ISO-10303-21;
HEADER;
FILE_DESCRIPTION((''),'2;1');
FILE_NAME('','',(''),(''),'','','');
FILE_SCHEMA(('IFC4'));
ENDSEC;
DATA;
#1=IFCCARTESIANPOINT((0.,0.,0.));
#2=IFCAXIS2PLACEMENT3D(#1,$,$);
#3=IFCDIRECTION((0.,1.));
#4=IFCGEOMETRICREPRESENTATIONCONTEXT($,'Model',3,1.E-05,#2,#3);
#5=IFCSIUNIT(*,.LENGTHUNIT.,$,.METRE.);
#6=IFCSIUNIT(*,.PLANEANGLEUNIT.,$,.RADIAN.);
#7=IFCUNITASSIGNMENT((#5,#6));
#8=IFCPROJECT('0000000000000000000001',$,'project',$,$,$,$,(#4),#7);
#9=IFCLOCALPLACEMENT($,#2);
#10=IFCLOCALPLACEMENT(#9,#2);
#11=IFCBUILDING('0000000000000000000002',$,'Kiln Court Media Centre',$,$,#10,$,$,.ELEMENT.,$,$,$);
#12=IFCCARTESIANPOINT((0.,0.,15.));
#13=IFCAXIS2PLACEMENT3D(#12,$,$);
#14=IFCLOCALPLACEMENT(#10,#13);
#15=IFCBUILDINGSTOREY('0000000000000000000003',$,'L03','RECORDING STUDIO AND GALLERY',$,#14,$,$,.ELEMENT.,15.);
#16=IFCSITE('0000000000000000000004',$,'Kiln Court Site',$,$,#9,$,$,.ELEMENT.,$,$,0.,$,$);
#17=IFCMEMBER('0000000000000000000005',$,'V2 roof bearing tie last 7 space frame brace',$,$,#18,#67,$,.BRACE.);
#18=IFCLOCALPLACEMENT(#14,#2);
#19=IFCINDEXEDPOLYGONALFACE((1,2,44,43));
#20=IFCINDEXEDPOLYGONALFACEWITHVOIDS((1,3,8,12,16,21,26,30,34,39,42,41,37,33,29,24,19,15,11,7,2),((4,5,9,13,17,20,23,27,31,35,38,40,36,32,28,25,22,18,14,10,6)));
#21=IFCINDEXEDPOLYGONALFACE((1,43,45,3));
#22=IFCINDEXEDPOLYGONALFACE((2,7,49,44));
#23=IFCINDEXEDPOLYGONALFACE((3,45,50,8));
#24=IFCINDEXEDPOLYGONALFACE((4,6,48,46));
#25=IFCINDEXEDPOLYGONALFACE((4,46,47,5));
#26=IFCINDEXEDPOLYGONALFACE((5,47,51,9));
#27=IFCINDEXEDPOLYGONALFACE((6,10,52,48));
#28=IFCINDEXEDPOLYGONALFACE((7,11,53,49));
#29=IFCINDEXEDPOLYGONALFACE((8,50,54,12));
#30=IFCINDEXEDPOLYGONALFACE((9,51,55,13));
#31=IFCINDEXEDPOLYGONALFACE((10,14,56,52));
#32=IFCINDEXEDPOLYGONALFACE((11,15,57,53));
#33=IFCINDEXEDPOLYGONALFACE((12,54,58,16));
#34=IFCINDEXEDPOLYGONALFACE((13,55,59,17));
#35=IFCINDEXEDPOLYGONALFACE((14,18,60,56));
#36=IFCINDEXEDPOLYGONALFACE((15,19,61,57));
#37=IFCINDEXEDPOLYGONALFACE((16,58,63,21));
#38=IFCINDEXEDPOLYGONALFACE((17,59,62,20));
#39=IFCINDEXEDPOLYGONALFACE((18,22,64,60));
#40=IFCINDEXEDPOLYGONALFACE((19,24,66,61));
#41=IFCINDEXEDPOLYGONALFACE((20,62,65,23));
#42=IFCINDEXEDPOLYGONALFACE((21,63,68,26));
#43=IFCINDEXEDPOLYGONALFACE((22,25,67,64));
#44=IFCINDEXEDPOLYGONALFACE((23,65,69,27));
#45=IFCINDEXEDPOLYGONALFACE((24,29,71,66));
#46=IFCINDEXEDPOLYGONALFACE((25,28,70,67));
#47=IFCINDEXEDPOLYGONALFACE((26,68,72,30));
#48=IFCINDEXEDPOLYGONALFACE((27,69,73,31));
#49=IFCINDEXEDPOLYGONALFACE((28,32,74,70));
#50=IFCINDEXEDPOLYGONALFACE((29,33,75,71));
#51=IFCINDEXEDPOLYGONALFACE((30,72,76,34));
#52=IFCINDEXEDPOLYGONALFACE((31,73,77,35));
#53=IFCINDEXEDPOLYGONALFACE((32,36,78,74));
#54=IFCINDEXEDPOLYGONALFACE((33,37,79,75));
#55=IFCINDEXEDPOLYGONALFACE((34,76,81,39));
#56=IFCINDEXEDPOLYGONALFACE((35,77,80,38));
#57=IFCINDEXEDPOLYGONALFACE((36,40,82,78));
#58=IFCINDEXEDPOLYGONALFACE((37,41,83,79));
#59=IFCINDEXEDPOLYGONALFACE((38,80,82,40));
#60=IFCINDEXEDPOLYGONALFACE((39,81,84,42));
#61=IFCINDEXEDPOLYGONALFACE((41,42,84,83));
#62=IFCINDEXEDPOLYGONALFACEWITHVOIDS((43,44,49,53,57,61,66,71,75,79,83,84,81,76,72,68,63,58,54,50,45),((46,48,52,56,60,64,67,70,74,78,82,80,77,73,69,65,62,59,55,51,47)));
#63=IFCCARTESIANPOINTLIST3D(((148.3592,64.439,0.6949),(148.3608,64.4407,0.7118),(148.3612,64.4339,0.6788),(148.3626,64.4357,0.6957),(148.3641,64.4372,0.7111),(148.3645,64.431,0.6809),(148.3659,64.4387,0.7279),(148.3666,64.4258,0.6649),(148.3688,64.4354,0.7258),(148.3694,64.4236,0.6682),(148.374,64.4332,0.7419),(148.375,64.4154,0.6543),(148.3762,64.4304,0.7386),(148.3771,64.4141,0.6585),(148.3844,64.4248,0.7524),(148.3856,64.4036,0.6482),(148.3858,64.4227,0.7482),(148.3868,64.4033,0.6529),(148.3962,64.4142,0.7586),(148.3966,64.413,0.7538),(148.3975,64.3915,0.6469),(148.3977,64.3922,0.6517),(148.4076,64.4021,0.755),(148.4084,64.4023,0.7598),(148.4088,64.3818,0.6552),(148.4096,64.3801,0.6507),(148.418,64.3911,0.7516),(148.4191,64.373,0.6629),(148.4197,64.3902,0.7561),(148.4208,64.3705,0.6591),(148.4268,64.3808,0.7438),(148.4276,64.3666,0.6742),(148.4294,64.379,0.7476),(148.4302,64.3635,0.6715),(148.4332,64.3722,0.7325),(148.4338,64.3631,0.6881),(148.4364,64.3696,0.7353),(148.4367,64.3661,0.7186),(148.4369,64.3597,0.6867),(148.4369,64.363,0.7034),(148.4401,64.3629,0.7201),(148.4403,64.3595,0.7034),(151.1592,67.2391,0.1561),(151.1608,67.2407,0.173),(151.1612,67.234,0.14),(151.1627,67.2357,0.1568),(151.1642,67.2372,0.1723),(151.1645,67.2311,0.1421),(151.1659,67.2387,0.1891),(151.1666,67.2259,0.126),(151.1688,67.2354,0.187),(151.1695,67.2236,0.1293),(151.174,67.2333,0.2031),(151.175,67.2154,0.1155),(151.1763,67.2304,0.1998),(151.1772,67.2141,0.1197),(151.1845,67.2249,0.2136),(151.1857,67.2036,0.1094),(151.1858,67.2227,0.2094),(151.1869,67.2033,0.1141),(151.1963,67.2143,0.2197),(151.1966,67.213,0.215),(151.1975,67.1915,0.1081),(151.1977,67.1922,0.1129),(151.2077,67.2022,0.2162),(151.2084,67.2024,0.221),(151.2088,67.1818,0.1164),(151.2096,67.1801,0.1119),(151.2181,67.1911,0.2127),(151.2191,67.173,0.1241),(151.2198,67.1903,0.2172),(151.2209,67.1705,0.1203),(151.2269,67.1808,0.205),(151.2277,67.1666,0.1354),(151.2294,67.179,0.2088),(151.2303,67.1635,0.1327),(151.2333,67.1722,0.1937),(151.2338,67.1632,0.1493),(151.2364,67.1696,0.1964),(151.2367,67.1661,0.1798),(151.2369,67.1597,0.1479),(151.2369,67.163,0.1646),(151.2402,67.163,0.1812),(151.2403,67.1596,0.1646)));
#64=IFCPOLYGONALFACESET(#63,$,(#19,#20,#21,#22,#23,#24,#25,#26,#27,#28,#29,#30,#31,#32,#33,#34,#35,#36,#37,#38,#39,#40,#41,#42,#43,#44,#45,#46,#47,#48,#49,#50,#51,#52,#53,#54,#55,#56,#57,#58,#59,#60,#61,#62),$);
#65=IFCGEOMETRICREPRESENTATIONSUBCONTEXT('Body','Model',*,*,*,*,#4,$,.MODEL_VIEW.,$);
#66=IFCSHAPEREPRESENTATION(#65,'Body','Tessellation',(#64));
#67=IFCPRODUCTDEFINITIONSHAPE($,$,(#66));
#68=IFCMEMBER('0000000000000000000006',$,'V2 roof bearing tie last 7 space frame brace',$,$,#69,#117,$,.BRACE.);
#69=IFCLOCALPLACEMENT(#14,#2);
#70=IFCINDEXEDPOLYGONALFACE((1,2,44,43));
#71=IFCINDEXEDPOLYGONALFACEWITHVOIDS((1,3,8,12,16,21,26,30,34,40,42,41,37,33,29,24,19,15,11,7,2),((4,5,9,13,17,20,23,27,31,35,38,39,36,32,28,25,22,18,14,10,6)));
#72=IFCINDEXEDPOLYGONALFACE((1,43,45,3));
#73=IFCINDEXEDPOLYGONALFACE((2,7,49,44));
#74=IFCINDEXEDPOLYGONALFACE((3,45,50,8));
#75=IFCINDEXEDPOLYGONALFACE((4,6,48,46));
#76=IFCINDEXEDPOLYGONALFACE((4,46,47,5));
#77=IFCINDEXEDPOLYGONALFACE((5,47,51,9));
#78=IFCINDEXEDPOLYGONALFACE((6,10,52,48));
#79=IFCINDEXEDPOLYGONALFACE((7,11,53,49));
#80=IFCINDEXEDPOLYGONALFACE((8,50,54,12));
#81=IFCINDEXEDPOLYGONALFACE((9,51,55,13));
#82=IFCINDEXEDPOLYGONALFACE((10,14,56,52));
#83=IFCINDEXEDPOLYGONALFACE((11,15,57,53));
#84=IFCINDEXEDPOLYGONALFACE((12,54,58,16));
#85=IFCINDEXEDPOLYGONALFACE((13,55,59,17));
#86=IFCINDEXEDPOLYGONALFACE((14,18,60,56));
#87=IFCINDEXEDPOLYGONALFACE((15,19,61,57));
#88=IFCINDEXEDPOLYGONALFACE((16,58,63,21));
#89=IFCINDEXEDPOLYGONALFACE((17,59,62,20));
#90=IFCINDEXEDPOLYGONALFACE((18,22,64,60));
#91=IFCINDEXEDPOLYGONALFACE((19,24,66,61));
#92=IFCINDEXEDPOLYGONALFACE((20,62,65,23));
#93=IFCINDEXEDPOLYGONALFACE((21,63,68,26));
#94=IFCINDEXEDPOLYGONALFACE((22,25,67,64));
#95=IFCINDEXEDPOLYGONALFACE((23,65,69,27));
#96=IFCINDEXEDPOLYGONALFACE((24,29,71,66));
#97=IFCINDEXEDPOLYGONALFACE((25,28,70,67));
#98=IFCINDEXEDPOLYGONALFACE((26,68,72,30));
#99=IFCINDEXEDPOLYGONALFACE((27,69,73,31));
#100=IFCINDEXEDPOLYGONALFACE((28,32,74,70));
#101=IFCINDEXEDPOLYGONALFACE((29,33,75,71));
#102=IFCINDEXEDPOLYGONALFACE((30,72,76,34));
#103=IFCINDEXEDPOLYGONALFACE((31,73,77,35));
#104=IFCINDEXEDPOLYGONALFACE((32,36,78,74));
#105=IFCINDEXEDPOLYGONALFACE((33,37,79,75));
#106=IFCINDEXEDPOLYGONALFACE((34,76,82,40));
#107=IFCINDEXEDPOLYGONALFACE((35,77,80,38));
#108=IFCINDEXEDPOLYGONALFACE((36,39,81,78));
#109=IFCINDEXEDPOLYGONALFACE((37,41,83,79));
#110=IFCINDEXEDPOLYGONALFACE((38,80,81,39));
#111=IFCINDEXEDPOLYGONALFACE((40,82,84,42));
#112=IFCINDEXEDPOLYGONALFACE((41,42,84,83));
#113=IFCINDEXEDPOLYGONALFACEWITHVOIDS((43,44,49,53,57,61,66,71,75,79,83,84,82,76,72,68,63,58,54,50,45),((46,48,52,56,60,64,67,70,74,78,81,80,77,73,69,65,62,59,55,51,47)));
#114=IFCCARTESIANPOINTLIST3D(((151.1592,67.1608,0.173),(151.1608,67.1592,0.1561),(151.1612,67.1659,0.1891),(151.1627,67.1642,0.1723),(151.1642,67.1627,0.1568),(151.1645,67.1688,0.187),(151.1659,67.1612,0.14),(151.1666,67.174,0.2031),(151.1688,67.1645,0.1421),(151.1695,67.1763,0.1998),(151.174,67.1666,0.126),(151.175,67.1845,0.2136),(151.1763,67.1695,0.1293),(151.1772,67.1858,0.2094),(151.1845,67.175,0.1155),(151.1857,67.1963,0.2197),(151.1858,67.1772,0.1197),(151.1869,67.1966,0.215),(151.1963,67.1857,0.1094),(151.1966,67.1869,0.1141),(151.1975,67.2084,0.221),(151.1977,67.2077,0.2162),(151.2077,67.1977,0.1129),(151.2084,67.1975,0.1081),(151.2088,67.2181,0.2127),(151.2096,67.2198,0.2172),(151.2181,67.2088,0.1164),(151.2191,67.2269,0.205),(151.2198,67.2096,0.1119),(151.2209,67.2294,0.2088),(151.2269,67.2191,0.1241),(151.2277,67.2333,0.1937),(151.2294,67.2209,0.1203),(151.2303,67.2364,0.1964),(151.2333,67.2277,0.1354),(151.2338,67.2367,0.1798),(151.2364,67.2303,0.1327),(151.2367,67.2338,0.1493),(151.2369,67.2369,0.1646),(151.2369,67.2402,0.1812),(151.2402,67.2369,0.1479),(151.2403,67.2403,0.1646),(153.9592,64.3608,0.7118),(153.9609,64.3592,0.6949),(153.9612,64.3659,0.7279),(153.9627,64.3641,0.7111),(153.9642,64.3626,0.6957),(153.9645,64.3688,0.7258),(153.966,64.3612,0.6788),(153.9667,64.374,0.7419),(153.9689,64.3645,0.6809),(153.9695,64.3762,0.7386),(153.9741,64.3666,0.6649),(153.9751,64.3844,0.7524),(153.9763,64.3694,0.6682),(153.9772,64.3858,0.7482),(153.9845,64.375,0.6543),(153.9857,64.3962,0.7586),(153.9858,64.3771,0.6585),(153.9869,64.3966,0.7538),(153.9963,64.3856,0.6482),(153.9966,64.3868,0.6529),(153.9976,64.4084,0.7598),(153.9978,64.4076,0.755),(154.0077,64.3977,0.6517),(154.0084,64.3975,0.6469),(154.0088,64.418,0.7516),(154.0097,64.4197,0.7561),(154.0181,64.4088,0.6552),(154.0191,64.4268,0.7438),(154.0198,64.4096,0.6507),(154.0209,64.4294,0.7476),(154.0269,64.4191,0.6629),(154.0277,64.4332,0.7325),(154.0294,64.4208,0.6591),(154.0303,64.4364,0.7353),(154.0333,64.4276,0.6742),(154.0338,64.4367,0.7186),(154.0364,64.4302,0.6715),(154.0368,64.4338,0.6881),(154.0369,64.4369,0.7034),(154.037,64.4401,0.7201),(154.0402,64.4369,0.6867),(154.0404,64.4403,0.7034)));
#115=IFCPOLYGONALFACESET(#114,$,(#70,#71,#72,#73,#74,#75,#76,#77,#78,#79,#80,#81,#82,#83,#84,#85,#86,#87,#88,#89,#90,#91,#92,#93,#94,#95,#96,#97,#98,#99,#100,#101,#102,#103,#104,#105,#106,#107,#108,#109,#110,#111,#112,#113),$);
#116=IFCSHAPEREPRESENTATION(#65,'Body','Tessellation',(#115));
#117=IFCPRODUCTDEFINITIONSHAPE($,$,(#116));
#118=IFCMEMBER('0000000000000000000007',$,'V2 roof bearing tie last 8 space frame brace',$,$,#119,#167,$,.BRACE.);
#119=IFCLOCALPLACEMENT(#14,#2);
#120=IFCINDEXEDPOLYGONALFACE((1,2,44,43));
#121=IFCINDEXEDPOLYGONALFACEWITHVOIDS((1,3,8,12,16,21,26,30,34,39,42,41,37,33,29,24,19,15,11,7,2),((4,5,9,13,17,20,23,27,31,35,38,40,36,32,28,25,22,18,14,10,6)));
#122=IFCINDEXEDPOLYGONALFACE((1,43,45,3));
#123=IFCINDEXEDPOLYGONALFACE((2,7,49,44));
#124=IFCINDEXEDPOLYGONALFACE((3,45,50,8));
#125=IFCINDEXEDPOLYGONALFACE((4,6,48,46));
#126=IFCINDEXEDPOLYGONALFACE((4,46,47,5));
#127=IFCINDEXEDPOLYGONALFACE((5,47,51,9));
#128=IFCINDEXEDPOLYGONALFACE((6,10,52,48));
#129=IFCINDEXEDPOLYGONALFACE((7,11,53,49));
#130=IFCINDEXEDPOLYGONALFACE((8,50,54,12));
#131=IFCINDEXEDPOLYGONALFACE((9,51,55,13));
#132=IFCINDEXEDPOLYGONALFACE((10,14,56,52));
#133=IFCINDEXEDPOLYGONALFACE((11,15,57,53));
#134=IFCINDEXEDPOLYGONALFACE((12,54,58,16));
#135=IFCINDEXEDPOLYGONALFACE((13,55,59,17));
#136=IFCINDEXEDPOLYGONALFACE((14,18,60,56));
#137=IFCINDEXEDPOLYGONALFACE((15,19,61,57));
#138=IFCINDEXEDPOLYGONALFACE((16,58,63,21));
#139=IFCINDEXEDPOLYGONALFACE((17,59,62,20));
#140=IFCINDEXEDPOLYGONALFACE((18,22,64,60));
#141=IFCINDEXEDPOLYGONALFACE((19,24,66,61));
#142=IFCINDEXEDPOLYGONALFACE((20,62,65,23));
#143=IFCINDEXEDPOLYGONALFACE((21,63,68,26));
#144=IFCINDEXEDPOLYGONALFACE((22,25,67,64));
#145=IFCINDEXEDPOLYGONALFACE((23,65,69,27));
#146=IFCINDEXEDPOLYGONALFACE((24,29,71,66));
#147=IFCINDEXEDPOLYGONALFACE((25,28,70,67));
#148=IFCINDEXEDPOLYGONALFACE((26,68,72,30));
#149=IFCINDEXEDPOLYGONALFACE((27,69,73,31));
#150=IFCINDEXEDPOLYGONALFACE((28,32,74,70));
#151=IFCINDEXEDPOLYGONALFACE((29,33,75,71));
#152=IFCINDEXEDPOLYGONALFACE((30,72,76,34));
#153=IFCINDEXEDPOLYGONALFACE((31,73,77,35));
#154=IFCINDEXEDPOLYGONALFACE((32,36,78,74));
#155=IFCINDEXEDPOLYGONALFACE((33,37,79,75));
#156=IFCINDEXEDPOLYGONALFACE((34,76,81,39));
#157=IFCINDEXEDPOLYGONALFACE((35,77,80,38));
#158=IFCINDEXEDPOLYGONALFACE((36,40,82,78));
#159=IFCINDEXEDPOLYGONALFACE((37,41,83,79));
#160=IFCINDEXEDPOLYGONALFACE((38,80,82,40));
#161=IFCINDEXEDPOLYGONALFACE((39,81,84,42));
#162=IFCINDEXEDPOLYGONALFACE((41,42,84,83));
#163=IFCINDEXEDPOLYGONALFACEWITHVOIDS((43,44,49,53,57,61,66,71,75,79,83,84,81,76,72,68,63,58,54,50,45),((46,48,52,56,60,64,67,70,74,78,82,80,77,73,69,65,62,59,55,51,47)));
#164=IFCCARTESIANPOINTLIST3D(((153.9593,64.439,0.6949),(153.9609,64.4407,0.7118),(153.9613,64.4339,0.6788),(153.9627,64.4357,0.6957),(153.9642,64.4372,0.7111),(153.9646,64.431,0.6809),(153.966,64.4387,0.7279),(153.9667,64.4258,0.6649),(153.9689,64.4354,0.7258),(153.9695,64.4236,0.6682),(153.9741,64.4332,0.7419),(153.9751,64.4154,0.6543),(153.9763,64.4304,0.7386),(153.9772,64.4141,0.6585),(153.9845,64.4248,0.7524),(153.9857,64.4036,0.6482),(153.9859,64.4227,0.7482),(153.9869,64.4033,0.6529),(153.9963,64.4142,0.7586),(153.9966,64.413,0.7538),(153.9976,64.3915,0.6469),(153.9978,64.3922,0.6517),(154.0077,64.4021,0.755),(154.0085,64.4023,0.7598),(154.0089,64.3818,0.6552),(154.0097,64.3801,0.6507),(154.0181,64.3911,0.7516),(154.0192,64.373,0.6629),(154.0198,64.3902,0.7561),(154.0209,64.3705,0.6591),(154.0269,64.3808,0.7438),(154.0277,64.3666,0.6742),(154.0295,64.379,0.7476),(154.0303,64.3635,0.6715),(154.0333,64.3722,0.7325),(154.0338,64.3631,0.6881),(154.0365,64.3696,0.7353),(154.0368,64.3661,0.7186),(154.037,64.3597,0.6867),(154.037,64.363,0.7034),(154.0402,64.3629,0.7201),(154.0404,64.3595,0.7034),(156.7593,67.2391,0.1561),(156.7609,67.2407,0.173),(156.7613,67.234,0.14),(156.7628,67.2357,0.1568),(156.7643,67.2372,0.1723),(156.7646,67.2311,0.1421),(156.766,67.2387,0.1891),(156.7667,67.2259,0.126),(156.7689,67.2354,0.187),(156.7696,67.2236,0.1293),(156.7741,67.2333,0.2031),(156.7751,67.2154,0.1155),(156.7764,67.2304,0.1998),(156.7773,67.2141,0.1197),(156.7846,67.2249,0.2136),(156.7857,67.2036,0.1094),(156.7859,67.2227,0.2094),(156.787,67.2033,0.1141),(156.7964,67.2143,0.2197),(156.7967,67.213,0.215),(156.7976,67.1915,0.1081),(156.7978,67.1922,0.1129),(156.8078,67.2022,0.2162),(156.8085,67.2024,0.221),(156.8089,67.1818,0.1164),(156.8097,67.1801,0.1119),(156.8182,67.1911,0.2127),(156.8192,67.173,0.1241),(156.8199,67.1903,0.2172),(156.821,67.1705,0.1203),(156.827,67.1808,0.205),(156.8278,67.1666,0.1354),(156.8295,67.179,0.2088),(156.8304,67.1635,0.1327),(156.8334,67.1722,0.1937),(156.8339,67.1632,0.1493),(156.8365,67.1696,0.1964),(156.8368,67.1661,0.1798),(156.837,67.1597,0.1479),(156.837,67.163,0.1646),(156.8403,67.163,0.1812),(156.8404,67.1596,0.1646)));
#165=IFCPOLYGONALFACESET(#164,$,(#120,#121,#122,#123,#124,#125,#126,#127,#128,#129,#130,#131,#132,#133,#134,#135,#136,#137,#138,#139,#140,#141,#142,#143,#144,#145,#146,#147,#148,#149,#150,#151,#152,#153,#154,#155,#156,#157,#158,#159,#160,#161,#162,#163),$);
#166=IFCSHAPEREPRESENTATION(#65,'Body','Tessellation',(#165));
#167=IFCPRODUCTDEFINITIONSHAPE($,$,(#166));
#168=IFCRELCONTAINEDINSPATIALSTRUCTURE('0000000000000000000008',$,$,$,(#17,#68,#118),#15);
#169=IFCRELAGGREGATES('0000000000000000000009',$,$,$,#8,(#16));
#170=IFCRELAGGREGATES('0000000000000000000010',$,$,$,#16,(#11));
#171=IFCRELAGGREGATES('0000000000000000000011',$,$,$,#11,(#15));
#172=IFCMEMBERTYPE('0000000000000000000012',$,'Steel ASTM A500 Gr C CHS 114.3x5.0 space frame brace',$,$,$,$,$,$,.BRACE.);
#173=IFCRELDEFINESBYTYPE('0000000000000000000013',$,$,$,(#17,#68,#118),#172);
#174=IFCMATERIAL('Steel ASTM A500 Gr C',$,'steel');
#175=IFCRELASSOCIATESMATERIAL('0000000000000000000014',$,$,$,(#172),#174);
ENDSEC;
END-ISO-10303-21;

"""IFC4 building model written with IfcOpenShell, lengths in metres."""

from ifc_helpers import new_model, si_unit, direction, frame, origin, origin_2d, place, context, subcontext, project, spatial, hollow_circle, extrude, material, material_profile, profile_set, type_object, element, save


model = new_model("IFC4")

# Units and contexts
model_context = context("Model", 3, precision=1e-05, world=origin(), true_north=direction((0.0, 1.0)))
body_context = subcontext(model_context, "Body", "Model", "MODEL_VIEW")
ifc_project = project(units=[si_unit("LENGTHUNIT", "METRE"), si_unit("PLANEANGLEUNIT", "RADIAN")], contexts=[model_context])

# Site, building, storey
site_placement = place(None, origin())
site = spatial("IfcSite", under=ifc_project, at=site_placement, Name="Kiln Court Site", CompositionType="ELEMENT", RefElevation=0.0)
building_placement = place(site_placement, origin())
building = spatial("IfcBuilding", under=site, at=building_placement, Name="Kiln Court Media Centre", CompositionType="ELEMENT")
storey_placement = place(building_placement, frame((0.0, 0.0, 15.0)))
storey = spatial("IfcBuildingStorey", under=building, at=storey_placement, Name="L03", Description="RECORDING STUDIO AND GALLERY", CompositionType="ELEMENT", Elevation=15.0)

# Members
ifc_material_1 = material(Name="Steel ASTM A500 Gr C", Category="steel")
ifc_material_profile_1 = material_profile(ifc_material_1, hollow_circle(Radius=0.0571, WallThickness=0.0049, at=origin_2d()), Name="CHS 114.3x5.0")
ifc_profile_set_1 = profile_set([ifc_material_profile_1], Name="Steel ASTM A500 Gr C")
member_type_1 = type_object("IfcMemberType", Name="Steel ASTM A500 Gr C CHS 114.3x5.0 space frame brace", PredefinedType="BRACE", material=ifc_profile_set_1)
for number, where, z_axis, x_axis, name in (
    (1, (151.2, 67.2, 0.1646), (-0.70065, -0.70065, 0.134827), (0.707107, -0.707107, 0.0), "V2 roof bearing tie last 7 space frame brace"),
    (2, (151.2, 67.2, 0.1646), (0.70065, -0.70065, 0.134827), (0.707107, 0.707107, 0.0), "V2 roof bearing tie last 7 space frame brace"),
    (3, (156.8, 67.2, 0.1646), (-0.70065, -0.70065, 0.134827), (0.707107, -0.707107, 0.0), "V2 roof bearing tie last 8 space frame brace"),
):
    element("IfcMember", number, at=place(storey_placement, frame(where, z_axis=z_axis, x_axis=x_axis)), inside=storey, type_object=member_type_1, Name=name, PredefinedType="BRACE", context=body_context, shape_type="SweptSolid", body=[
        extrude(hollow_circle(Radius=0.0571, WallThickness=0.0049, at=origin_2d()), origin(), (0.0, 0.0, 1.0), 3.9963),
    ])

save(model, "model.ifc")
